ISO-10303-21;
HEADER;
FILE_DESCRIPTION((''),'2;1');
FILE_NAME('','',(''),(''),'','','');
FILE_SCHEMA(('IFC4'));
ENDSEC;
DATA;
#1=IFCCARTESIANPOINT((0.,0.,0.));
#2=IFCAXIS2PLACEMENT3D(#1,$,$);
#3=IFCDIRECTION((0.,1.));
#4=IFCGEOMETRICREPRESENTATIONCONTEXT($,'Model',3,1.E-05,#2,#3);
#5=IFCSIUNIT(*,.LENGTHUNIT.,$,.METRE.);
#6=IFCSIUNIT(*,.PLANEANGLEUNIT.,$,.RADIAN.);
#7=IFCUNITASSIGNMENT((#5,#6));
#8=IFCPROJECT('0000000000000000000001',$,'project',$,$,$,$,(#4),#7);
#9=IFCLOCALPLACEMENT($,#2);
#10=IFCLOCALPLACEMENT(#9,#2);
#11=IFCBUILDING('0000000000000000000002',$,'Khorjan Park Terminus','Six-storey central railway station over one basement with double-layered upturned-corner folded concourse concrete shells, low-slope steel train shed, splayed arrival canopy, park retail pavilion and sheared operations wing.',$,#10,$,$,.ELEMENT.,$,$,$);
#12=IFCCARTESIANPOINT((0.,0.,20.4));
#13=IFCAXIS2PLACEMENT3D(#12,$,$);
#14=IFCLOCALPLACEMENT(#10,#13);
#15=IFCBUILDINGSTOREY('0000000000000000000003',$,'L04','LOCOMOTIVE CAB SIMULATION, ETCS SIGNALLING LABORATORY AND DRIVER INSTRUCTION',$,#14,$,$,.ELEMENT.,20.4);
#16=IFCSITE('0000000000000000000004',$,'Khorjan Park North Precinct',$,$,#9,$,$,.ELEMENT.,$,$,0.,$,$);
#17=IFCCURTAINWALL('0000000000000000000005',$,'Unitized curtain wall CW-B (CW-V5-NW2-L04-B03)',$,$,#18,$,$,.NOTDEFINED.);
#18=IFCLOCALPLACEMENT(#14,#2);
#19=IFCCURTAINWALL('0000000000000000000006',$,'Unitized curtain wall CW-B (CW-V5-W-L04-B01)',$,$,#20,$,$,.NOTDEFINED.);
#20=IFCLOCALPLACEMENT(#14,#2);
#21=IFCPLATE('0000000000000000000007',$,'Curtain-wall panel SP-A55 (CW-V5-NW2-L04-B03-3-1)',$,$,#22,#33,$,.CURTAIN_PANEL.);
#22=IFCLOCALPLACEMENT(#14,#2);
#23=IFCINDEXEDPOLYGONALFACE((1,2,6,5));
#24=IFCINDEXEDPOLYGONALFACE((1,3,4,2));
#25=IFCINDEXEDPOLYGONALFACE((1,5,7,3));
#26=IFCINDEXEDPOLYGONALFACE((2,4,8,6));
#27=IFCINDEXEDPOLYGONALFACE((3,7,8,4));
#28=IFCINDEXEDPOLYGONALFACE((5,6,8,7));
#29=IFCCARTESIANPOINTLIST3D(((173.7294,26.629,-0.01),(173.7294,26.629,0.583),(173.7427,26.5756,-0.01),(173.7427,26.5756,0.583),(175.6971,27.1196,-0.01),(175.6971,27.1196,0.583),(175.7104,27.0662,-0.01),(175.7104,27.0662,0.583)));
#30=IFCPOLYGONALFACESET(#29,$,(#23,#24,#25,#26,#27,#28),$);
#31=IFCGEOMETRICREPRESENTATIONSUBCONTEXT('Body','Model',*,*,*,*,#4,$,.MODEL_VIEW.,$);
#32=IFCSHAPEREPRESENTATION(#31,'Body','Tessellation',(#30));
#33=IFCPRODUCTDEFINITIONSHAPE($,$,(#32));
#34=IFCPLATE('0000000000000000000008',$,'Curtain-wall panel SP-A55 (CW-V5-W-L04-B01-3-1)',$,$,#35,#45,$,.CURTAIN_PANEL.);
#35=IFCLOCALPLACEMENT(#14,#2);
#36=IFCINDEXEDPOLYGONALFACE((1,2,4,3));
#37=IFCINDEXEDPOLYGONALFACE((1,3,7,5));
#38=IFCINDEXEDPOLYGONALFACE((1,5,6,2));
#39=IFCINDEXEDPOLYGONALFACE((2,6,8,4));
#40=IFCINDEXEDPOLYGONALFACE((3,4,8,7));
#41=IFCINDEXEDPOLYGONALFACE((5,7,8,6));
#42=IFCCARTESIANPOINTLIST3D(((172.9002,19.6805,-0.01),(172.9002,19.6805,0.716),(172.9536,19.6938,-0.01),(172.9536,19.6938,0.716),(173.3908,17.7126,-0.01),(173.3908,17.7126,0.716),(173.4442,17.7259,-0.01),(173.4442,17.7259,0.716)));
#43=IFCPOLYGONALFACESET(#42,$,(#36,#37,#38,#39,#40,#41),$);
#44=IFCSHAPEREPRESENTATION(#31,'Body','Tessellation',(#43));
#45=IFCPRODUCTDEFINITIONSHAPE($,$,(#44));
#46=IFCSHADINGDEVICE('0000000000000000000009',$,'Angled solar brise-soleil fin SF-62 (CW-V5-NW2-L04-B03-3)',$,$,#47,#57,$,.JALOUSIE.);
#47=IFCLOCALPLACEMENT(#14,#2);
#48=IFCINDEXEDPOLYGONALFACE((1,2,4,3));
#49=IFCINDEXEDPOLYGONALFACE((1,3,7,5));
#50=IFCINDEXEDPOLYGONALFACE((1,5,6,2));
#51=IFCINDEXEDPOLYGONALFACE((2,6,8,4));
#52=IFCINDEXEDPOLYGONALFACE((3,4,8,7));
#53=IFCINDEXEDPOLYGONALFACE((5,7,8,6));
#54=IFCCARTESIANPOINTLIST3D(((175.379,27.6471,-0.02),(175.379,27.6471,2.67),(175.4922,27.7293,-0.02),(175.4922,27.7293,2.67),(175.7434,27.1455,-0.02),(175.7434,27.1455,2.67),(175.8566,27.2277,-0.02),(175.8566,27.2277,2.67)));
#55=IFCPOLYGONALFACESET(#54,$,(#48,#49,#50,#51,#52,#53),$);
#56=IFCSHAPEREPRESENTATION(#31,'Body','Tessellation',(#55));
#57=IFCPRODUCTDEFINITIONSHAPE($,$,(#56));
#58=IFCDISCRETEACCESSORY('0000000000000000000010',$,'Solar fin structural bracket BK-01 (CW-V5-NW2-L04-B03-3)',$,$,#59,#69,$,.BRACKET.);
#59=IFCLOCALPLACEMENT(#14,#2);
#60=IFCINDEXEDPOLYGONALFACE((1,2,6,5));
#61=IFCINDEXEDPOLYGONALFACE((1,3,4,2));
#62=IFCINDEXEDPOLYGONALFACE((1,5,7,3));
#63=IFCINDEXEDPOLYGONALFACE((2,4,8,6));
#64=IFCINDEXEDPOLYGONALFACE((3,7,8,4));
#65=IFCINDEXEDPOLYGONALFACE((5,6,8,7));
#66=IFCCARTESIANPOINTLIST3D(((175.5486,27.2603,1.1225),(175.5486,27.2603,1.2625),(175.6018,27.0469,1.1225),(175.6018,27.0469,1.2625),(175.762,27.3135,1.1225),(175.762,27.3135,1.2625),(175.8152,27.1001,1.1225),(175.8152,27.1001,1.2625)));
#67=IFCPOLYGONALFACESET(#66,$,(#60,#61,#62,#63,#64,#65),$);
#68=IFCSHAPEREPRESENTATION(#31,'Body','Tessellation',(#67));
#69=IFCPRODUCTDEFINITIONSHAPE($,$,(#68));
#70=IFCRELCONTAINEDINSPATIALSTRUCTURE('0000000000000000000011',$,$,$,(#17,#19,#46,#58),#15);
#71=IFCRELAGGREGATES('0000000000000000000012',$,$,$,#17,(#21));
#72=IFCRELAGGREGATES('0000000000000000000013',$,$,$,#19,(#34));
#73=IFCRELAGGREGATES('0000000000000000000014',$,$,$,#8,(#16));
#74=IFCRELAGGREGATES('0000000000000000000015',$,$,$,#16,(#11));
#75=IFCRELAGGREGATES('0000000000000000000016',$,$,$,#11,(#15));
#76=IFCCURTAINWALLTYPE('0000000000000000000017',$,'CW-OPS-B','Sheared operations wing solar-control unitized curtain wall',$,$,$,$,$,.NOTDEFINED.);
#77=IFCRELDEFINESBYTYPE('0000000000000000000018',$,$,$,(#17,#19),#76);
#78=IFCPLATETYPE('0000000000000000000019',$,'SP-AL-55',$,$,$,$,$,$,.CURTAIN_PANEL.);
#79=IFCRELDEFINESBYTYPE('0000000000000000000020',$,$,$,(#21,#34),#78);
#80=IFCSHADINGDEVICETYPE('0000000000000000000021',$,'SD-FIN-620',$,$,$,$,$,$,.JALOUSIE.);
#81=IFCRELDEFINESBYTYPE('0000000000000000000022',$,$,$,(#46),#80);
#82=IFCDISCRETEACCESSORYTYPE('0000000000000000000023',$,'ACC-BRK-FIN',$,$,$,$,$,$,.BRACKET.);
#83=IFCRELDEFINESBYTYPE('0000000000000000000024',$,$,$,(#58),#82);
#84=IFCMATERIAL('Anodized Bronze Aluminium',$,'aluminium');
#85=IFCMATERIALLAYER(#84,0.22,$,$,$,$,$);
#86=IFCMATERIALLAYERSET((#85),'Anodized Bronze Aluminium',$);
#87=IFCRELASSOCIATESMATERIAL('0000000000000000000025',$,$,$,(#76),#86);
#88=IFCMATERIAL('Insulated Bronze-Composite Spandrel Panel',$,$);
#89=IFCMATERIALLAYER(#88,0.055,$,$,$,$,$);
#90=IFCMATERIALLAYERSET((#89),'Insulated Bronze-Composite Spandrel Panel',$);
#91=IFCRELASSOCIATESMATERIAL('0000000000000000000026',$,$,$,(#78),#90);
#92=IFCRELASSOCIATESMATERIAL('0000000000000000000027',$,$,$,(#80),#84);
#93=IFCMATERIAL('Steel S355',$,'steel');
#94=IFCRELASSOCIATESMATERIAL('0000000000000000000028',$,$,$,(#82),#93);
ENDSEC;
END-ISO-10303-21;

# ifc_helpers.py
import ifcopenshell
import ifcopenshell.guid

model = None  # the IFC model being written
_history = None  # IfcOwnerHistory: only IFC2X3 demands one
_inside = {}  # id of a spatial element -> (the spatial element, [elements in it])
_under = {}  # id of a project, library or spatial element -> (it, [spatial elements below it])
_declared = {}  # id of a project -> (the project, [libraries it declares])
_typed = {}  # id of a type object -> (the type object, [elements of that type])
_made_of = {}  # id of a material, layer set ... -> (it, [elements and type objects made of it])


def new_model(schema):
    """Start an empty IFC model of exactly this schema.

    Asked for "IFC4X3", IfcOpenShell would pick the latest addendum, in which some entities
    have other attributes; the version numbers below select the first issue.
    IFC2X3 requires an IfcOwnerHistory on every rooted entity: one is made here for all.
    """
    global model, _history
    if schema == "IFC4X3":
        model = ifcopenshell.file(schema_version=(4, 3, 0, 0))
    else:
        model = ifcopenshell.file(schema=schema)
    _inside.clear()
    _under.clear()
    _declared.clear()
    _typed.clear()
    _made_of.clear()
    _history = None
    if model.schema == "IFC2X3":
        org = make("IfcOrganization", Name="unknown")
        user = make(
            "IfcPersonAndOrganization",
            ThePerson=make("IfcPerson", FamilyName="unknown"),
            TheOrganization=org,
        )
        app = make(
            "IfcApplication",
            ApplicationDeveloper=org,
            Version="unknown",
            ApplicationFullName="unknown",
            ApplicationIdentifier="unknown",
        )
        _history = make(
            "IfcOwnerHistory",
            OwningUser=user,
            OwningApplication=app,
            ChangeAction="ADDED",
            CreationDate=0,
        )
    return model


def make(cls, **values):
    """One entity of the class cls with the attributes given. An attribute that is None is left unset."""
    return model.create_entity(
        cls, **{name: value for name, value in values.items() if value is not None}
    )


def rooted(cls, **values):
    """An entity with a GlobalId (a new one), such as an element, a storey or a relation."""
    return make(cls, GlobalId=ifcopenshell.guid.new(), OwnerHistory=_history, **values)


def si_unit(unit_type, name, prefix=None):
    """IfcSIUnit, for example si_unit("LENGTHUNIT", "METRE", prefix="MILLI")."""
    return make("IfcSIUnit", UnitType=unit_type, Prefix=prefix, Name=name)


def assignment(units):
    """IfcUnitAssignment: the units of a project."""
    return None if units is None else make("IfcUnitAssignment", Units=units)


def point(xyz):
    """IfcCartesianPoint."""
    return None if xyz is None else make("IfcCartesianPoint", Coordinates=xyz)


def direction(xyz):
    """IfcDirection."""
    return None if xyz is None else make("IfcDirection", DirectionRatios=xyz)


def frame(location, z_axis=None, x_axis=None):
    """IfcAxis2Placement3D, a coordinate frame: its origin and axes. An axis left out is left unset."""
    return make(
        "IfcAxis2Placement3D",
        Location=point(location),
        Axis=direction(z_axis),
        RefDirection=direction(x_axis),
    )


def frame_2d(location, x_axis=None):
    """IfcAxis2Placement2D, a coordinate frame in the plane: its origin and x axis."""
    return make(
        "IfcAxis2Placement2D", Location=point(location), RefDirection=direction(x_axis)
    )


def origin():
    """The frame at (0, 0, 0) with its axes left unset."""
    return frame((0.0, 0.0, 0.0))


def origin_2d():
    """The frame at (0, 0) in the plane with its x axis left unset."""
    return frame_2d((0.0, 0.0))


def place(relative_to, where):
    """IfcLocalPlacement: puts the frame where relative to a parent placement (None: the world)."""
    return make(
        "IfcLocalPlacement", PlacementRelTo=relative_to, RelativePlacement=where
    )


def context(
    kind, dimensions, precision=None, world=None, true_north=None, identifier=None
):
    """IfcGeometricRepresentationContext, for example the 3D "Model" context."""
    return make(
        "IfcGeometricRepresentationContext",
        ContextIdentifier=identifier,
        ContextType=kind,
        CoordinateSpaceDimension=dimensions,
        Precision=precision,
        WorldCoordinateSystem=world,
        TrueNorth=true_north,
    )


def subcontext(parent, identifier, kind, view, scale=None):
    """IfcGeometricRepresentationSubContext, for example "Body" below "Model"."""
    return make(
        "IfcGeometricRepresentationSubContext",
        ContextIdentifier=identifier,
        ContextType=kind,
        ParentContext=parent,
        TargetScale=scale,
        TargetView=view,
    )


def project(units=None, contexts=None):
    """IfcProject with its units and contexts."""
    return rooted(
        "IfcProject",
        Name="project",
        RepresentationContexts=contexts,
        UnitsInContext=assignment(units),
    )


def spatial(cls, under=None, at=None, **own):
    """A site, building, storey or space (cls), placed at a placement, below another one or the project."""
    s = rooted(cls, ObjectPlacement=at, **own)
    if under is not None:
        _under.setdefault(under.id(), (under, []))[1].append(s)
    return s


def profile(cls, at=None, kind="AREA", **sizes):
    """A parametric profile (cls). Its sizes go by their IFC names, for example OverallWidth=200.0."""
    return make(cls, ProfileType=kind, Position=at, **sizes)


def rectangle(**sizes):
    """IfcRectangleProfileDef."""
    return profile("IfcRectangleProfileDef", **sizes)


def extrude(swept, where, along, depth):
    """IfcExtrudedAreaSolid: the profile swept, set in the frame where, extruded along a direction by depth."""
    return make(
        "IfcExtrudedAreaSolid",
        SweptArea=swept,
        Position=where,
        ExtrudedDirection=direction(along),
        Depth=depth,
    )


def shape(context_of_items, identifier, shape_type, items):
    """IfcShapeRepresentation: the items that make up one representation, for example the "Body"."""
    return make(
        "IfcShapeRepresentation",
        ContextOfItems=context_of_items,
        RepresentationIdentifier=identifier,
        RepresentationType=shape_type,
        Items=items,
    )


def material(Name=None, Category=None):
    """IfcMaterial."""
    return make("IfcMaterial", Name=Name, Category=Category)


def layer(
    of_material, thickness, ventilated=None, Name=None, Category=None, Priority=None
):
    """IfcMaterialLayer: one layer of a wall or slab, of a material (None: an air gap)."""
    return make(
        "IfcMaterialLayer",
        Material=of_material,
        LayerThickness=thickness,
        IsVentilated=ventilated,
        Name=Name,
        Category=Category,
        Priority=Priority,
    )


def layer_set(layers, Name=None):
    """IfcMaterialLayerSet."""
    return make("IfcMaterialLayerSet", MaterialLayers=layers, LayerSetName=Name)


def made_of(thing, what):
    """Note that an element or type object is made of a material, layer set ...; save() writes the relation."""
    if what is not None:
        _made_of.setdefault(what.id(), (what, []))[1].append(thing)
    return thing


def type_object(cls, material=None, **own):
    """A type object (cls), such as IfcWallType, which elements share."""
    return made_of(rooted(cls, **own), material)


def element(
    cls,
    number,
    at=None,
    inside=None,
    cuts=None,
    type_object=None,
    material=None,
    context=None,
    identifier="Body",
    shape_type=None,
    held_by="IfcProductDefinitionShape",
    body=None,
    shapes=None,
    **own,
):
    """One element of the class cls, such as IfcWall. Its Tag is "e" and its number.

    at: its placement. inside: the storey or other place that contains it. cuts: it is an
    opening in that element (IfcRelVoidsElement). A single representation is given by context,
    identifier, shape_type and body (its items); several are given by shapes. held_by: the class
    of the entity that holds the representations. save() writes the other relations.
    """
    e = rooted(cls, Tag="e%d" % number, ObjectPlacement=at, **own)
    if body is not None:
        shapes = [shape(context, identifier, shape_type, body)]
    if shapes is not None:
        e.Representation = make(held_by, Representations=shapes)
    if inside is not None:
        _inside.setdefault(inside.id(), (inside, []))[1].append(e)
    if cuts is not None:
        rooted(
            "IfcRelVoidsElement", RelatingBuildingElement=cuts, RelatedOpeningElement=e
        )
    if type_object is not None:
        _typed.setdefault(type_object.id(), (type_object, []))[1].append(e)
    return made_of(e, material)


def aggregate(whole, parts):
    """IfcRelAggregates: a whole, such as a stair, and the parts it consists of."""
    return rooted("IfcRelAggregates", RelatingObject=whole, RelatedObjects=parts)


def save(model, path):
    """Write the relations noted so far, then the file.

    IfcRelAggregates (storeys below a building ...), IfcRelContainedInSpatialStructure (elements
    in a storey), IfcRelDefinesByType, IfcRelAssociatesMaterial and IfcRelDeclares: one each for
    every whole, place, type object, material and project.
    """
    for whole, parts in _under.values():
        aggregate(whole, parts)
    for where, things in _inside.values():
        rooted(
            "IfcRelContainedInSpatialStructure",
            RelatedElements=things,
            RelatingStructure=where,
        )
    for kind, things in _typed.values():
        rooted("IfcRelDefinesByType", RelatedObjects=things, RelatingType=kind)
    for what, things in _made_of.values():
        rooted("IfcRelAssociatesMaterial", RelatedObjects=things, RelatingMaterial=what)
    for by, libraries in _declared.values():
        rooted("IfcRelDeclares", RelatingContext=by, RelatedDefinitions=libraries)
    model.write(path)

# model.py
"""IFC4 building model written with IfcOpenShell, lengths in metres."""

from ifc_helpers import new_model, si_unit, direction, frame, origin, origin_2d, place, context, subcontext, project, spatial, rectangle, extrude, material, layer, layer_set, type_object, element, aggregate, save


model = new_model("IFC4")

# Units and contexts
model_context = context("Model", 3, precision=1e-05, world=origin(), true_north=direction((0.0, 1.0)))
body_context = subcontext(model_context, "Body", "Model", "MODEL_VIEW")
ifc_project = project(units=[si_unit("LENGTHUNIT", "METRE"), si_unit("PLANEANGLEUNIT", "RADIAN")], contexts=[model_context])

# Site, building, storey
site_placement = place(None, origin())
site = spatial("IfcSite", under=ifc_project, at=site_placement, Name="Khorjan Park North Precinct", CompositionType="ELEMENT", RefElevation=0.0)
building_placement = place(site_placement, origin())
building = spatial("IfcBuilding", under=site, at=building_placement, Name="Khorjan Park Terminus", Description="Six-storey central railway station over one basement with double-layered upturned-corner folded concourse concrete shells, low-slope steel train shed, splayed arrival canopy, park retail pavilion and sheared operations wing.", CompositionType="ELEMENT")
storey_placement = place(building_placement, frame((0.0, 0.0, 20.4)))
storey = spatial("IfcBuildingStorey", under=building, at=storey_placement, Name="L04", Description="LOCOMOTIVE CAB SIMULATION, ETCS SIGNALLING LABORATORY AND DRIVER INSTRUCTION", CompositionType="ELEMENT", Elevation=20.4)

# Shared definitions
ifc_material_1 = material(Name="Steel S355", Category="steel")

# Curtain walls
ifc_material_2 = material(Name="Anodized Bronze Aluminium", Category="aluminium")
ifc_layer_1 = layer(ifc_material_2, 0.22)
ifc_layer_set_1 = layer_set([ifc_layer_1], Name="Anodized Bronze Aluminium")
curtain_wall_type = type_object("IfcCurtainWallType", Name="CW-OPS-B", Description="Sheared operations wing solar-control unitized curtain wall", PredefinedType="NOTDEFINED", material=ifc_layer_set_1)
curtain_wall_1_placement = place(storey_placement, origin())
curtain_wall_1 = element("IfcCurtainWall", 1, at=curtain_wall_1_placement, inside=storey, type_object=curtain_wall_type, Name="Unitized curtain wall CW-B (CW-V5-NW2-L04-B03)", PredefinedType="NOTDEFINED")
curtain_wall_2_placement = place(storey_placement, origin())
curtain_wall_2 = element("IfcCurtainWall", 2, at=curtain_wall_2_placement, inside=storey, type_object=curtain_wall_type, Name="Unitized curtain wall CW-B (CW-V5-W-L04-B01)", PredefinedType="NOTDEFINED")

# Plates
ifc_material_3 = material(Name="Insulated Bronze-Composite Spandrel Panel")
ifc_layer_2 = layer(ifc_material_3, 0.055)
ifc_layer_set_2 = layer_set([ifc_layer_2], Name="Insulated Bronze-Composite Spandrel Panel")
plate_type_1 = type_object("IfcPlateType", Name="SP-AL-55", PredefinedType="CURTAIN_PANEL", material=ifc_layer_set_2)
plate_1_placement = place(storey_placement, frame((174.7199, 26.8476, -0.01), z_axis=(0.0, 0.0, 1.0), x_axis=(-0.970296, -0.241921, 0.0)))
plate_1 = element("IfcPlate", 3, at=plate_1_placement, type_object=plate_type_1, Name="Curtain-wall panel SP-A55 (CW-V5-NW2-L04-B03-3-1)", PredefinedType="CURTAIN_PANEL", context=body_context, shape_type="SweptSolid", body=[
    extrude(rectangle(XDim=2.0279, YDim=0.055, at=origin_2d()), origin(), (0.0, 0.0, 1.0), 0.593),
])
aggregate(curtain_wall_1, [plate_1])
plate_2_placement = place(storey_placement, frame((173.1722, 18.7032, -0.01), z_axis=(0.0, 0.0, 1.0), x_axis=(0.241928, -0.970294, 0.0)))
plate_2 = element("IfcPlate", 4, at=plate_2_placement, type_object=plate_type_1, Name="Curtain-wall panel SP-A55 (CW-V5-W-L04-B01-3-1)", PredefinedType="CURTAIN_PANEL", context=body_context, shape_type="SweptSolid", body=[
    extrude(rectangle(XDim=2.0281, YDim=0.055, at=origin_2d()), origin(), (0.0, 0.0, 1.0), 0.726),
])
aggregate(curtain_wall_2, [plate_2])

# Shading device
shading_device_type = type_object("IfcShadingDeviceType", Name="SD-FIN-620", PredefinedType="JALOUSIE", material=ifc_material_2)
shading_device_placement = place(storey_placement, frame((175.6178, 27.4374, -0.02), z_axis=(0.0, 0.0, 1.0), x_axis=(0.587785, -0.809017, 0.0)))
element("IfcShadingDevice", 5, at=shading_device_placement, inside=storey, type_object=shading_device_type, Name="Angled solar brise-soleil fin SF-62 (CW-V5-NW2-L04-B03-3)", PredefinedType="JALOUSIE", context=body_context, shape_type="SweptSolid", body=[
    extrude(rectangle(XDim=0.62, YDim=0.14, at=origin_2d()), origin(), (0.0, 0.0, 1.0), 2.69),
])

# Discrete accessory
discrete_accessory_type = type_object("IfcDiscreteAccessoryType", Name="ACC-BRK-FIN", PredefinedType="BRACKET", material=ifc_material_1)
discrete_accessory_placement = place(storey_placement, frame((175.6819, 27.1802, 1.1225), z_axis=(0.0, 0.0, 1.0), x_axis=(-0.970296, -0.241921, 0.0)))
element("IfcDiscreteAccessory", 6, at=discrete_accessory_placement, inside=storey, type_object=discrete_accessory_type, Name="Solar fin structural bracket BK-01 (CW-V5-NW2-L04-B03-3)", PredefinedType="BRACKET", context=body_context, shape_type="SweptSolid", body=[
    extrude(rectangle(XDim=0.22, YDim=0.22, at=origin_2d()), origin(), (0.0, 0.0, 1.0), 0.14),
])

save(model, "model.ifc")
